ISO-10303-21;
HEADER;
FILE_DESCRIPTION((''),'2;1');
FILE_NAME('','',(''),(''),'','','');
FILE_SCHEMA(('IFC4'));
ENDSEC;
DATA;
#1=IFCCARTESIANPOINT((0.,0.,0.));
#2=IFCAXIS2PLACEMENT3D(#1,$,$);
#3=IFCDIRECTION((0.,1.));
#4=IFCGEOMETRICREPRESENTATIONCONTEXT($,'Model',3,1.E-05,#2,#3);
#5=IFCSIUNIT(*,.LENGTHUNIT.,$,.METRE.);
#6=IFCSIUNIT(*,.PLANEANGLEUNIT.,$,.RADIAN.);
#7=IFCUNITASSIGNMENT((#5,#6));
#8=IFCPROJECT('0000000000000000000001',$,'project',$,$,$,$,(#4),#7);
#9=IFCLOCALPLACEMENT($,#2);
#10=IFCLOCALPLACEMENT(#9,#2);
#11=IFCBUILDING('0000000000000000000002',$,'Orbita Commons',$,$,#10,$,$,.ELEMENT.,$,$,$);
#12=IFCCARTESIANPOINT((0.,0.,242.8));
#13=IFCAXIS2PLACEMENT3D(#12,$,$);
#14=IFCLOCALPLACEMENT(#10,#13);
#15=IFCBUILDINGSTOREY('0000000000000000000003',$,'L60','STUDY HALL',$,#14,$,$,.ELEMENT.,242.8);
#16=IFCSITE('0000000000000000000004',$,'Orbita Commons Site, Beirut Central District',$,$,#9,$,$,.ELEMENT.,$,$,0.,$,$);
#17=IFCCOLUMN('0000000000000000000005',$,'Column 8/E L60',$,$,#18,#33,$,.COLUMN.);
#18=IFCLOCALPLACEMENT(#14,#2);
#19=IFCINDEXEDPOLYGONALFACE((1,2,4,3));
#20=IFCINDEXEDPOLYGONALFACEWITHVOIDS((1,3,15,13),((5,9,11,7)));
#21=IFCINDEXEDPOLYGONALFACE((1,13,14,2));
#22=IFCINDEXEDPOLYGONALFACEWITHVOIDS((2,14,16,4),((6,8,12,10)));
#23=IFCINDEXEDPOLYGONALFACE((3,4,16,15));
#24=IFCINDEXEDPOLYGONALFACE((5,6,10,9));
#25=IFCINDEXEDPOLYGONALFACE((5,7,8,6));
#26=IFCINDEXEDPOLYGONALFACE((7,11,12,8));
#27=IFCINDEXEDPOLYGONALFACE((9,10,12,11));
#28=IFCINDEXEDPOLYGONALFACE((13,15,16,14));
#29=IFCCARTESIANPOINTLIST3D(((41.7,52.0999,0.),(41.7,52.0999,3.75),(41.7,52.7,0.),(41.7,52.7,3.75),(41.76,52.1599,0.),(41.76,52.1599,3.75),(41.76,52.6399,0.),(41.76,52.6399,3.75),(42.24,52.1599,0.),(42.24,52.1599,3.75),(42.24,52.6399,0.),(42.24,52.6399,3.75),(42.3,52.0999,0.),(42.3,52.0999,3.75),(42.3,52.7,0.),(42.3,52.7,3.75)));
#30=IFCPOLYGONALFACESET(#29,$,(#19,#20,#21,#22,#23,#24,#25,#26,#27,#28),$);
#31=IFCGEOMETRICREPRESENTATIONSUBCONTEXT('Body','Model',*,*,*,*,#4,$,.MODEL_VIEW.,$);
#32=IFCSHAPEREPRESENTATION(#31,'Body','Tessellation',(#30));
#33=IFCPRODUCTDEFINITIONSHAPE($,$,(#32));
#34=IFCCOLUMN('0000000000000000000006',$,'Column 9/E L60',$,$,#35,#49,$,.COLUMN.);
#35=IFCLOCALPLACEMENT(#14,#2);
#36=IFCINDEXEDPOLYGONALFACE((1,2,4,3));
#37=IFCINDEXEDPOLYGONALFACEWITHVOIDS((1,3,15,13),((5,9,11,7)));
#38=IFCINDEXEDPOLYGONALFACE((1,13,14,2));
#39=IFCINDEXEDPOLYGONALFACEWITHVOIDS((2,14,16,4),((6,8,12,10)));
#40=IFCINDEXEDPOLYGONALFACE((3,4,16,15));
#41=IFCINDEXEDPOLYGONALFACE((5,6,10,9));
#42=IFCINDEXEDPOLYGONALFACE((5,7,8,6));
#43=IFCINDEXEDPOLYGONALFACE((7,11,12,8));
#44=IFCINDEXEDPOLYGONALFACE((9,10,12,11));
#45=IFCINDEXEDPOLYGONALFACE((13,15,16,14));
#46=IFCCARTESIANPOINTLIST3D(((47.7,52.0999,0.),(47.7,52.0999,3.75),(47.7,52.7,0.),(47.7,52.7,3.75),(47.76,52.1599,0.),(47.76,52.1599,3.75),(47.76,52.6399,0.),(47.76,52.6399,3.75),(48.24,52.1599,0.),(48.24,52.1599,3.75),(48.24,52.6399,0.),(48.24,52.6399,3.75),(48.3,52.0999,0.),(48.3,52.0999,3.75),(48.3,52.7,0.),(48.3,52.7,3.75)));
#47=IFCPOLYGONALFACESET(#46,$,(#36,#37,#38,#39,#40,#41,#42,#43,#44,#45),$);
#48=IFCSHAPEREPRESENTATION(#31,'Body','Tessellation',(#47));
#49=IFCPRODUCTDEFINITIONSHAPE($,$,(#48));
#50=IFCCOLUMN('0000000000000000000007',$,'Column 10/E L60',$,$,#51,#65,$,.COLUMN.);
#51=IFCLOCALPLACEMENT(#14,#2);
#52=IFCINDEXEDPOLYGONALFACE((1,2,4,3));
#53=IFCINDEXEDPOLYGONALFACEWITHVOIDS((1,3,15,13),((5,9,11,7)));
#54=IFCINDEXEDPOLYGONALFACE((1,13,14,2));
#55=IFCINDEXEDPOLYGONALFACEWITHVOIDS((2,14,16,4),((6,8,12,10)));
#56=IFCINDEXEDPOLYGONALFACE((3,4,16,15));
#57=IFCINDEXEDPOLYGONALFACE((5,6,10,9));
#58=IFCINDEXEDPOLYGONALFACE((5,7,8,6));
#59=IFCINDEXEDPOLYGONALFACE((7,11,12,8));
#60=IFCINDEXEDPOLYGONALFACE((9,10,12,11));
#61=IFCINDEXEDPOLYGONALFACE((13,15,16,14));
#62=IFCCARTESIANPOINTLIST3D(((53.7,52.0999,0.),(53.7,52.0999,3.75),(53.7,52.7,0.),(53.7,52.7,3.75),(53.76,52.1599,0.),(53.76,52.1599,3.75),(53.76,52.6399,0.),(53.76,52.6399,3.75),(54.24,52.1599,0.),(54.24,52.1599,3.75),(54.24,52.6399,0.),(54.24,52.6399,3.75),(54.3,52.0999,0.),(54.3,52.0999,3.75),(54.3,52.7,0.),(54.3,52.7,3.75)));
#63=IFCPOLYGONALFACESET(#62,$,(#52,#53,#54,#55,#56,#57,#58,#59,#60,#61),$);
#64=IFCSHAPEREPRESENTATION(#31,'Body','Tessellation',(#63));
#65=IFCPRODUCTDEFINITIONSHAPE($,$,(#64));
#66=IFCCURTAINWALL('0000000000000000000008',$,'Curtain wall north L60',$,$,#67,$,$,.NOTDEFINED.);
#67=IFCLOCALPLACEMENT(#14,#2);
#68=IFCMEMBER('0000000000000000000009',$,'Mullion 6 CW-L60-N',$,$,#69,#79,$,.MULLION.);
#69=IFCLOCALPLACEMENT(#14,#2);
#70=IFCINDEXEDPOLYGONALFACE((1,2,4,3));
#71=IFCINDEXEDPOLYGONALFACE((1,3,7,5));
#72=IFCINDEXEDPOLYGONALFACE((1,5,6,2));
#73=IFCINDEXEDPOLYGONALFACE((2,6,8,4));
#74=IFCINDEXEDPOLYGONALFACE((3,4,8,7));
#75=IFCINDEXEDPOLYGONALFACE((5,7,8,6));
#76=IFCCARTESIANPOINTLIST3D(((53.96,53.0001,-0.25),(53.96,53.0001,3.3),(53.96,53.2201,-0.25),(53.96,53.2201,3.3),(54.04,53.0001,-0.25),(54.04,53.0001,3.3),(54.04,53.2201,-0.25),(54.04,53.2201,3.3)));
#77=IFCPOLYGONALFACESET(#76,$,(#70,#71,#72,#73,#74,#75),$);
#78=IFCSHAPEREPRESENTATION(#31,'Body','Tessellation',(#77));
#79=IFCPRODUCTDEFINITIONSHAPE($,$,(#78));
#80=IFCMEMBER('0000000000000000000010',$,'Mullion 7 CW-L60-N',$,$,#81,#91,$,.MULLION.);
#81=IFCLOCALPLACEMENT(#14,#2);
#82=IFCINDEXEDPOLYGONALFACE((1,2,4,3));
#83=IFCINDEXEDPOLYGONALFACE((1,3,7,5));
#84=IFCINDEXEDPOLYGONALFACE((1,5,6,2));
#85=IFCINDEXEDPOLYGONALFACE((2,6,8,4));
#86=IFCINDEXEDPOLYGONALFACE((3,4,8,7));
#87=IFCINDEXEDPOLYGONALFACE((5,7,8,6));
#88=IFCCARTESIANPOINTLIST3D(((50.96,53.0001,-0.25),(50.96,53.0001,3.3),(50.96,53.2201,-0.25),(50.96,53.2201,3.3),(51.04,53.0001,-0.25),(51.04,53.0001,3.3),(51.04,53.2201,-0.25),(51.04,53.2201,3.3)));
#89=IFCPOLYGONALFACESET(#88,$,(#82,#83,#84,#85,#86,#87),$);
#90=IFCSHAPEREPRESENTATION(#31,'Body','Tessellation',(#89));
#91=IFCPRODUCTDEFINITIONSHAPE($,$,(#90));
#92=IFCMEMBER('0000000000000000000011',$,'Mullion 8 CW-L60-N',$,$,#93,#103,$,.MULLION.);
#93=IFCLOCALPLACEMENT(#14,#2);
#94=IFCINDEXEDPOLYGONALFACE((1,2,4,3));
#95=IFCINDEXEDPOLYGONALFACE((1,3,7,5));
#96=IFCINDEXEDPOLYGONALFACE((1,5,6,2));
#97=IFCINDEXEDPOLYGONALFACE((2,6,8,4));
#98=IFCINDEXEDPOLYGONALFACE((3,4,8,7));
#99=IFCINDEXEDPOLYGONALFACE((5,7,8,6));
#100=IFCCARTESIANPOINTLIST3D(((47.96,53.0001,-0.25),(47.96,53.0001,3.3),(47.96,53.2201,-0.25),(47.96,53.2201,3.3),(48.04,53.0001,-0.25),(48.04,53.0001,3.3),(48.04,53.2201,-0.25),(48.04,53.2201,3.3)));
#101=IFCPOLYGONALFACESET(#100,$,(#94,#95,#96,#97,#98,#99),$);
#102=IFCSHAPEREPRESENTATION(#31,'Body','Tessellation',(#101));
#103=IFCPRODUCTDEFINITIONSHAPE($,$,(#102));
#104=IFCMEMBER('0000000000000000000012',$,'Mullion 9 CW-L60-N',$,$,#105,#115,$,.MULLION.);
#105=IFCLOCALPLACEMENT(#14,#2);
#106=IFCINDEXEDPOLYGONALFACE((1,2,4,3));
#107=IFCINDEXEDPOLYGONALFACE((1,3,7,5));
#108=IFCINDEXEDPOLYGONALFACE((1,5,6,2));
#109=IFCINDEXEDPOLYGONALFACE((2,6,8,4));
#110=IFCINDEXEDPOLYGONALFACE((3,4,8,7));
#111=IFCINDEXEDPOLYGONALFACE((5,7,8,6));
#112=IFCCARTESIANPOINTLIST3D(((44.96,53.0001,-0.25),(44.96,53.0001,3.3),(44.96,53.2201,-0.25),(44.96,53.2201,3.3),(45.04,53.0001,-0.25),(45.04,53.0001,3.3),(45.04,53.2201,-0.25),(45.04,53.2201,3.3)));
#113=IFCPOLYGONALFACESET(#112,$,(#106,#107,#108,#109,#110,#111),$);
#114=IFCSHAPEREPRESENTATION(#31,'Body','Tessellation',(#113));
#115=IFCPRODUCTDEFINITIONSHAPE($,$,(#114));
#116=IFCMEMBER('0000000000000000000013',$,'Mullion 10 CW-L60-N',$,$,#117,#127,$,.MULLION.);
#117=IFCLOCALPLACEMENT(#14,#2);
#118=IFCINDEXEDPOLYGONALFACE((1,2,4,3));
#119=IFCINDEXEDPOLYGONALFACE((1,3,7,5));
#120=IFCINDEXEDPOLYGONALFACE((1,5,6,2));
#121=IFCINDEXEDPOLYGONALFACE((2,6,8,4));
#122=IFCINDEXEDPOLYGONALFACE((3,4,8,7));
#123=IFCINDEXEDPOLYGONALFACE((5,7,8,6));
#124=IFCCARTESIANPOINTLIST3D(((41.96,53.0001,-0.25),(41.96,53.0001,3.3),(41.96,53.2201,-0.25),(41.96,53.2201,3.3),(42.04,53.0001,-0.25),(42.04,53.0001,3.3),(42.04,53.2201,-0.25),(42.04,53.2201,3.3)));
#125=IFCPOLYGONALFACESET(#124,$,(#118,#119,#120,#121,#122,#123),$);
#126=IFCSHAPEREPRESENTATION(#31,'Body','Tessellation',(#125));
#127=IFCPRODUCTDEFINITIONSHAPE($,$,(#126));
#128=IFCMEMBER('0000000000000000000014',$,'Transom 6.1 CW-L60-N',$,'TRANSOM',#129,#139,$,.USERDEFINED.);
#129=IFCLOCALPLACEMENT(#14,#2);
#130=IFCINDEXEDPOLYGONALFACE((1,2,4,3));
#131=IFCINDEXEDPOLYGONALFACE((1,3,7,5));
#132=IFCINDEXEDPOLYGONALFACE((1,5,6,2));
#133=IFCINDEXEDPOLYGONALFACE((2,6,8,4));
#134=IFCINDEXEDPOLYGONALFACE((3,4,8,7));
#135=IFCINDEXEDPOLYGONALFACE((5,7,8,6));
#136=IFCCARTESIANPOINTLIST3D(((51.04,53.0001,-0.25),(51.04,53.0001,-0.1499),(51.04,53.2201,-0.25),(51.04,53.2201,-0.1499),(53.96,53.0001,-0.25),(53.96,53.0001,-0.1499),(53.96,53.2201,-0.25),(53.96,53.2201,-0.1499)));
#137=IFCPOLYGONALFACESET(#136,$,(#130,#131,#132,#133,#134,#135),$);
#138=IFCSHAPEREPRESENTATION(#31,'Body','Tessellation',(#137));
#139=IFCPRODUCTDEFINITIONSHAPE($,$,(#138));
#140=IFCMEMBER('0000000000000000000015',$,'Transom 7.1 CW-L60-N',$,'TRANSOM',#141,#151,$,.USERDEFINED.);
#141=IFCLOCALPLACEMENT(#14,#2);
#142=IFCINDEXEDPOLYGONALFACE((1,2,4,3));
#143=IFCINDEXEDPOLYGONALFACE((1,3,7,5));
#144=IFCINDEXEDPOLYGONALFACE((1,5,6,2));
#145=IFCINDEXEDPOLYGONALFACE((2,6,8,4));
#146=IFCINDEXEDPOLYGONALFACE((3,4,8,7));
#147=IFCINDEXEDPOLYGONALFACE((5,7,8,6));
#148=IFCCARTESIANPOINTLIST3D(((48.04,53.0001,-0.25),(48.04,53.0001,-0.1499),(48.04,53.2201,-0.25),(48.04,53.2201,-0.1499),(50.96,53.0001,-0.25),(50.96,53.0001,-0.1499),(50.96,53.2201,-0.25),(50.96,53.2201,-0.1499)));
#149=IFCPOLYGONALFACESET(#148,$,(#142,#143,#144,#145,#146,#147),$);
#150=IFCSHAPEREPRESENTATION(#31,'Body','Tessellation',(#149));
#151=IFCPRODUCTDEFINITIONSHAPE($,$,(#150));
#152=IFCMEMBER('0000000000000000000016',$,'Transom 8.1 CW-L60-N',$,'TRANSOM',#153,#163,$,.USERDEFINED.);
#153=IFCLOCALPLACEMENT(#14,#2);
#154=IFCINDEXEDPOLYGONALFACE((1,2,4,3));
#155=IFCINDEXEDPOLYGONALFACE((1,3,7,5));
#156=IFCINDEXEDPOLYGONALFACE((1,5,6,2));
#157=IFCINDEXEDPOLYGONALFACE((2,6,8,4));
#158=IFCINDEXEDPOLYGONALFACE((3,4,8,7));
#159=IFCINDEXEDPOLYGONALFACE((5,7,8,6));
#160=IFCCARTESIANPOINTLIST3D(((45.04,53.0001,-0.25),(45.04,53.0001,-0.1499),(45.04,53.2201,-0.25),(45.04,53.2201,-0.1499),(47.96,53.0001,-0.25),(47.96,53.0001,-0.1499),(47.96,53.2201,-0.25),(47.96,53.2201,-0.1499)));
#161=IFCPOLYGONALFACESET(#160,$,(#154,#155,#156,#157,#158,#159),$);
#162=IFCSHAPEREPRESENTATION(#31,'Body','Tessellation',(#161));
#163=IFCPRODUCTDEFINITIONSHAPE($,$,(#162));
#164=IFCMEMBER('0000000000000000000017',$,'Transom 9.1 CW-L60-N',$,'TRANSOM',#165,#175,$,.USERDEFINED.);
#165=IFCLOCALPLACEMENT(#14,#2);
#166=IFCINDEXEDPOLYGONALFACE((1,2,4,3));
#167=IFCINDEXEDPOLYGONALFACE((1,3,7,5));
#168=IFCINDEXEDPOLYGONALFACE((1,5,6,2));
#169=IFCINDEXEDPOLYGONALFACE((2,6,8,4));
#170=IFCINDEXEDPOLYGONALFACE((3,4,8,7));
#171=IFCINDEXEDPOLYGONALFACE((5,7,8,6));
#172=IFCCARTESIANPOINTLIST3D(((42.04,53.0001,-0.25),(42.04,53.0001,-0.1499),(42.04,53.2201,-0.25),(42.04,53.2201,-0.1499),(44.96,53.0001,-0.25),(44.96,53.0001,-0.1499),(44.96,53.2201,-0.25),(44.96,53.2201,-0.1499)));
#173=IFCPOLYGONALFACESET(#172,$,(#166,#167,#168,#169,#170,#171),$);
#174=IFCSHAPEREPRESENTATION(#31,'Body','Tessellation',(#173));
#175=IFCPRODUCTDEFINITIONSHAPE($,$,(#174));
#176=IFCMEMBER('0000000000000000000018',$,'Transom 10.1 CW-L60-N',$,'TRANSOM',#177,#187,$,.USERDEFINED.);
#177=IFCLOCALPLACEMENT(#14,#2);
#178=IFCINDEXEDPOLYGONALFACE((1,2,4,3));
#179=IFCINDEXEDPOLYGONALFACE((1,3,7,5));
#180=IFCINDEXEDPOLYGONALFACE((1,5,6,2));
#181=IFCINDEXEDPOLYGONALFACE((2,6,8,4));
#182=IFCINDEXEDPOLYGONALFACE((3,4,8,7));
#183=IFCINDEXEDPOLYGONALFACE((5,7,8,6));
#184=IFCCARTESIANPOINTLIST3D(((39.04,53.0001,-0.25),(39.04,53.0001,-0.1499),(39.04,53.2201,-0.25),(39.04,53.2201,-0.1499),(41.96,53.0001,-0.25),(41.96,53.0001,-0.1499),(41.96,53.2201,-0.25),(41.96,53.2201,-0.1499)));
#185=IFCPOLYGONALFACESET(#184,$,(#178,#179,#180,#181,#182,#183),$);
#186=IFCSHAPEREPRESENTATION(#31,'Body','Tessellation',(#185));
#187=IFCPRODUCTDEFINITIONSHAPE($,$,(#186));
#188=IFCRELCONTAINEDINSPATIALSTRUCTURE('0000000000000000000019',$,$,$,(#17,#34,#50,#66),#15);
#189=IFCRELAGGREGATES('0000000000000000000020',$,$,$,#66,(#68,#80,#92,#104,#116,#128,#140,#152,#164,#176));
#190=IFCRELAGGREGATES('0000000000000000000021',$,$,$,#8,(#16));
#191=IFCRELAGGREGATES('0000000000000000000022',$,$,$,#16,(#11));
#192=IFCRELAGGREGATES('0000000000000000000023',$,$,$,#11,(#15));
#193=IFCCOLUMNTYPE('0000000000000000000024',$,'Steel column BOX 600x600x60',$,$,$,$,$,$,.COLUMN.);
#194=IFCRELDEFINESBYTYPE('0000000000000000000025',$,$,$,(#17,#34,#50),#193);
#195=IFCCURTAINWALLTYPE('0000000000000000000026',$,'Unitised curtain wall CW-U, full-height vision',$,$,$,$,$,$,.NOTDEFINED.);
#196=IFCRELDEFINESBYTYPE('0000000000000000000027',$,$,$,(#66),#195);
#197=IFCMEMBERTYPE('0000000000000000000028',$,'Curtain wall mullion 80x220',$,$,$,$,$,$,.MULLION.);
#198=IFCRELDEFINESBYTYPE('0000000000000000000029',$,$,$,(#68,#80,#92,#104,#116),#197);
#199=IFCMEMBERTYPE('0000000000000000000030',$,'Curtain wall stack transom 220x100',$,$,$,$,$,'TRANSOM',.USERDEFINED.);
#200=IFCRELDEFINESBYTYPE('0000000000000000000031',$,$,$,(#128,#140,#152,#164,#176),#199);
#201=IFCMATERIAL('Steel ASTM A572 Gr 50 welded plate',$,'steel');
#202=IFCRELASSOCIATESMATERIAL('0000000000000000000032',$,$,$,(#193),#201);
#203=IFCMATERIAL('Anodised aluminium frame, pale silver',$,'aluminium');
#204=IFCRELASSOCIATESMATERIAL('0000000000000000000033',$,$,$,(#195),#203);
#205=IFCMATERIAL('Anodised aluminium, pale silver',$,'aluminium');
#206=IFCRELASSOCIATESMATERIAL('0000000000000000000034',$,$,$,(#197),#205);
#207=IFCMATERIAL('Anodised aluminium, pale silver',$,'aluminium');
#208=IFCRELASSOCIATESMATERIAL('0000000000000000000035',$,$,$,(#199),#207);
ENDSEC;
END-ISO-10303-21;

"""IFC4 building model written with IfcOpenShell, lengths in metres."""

from ifc_helpers import new_model, si_unit, direction, frame, origin, origin_2d, place, context, subcontext, project, spatial, rectangle, hollow_rectangle, extrude, material, material_profile, profile_set, type_object, element, aggregate, save


model = new_model("IFC4")

# Units and contexts
model_context = context("Model", 3, precision=1e-05, world=origin(), true_north=direction((0.0, 1.0)))
body_context = subcontext(model_context, "Body", "Model", "MODEL_VIEW")
ifc_project = project(units=[si_unit("LENGTHUNIT", "METRE"), si_unit("PLANEANGLEUNIT", "RADIAN")], contexts=[model_context])

# Site, building, storey
site_placement = place(None, origin())
site = spatial("IfcSite", under=ifc_project, at=site_placement, Name="Orbita Commons Site, Beirut Central District", CompositionType="ELEMENT", RefElevation=0.0)
building_placement = place(site_placement, origin())
building = spatial("IfcBuilding", under=site, at=building_placement, Name="Orbita Commons", CompositionType="ELEMENT")
storey_placement = place(building_placement, frame((0.0, 0.0, 242.8)))
storey = spatial("IfcBuildingStorey", under=building, at=storey_placement, Name="L60", Description="STUDY HALL", CompositionType="ELEMENT", Elevation=242.8)

# Columns
ifc_material_1 = material(Name="Steel ASTM A572 Gr 50 welded plate", Category="steel")
ifc_material_profile_1 = material_profile(ifc_material_1, hollow_rectangle(XDim=0.6001, YDim=0.6001, WallThickness=0.0601, at=origin_2d()), Name="BOX 600x600x60")
ifc_profile_set_1 = profile_set([ifc_material_profile_1], Name="Steel ASTM A572 Gr 50 welded plate")
column_type = type_object("IfcColumnType", Name="Steel column BOX 600x600x60", PredefinedType="COLUMN", material=ifc_profile_set_1)
for number, where, z_axis, x_axis, name in (
    (1, (42.0, 52.3999, 0.0), (0.0, 0.0, 1.0), (1.0, 0.0, 0.0), "Column 8/E L60"),
    (2, (48.0, 52.3999, 0.0), (0.0, 0.0, 1.0), (1.0, 0.0, 0.0), "Column 9/E L60"),
    (3, (54.0, 52.3999, 0.0), (0.0, 0.0, 1.0), (1.0, 0.0, 0.0), "Column 10/E L60"),
):
    element("IfcColumn", number, at=place(storey_placement, frame(where, z_axis=z_axis, x_axis=x_axis)), inside=storey, type_object=column_type, Name=name, PredefinedType="COLUMN", context=body_context, shape_type="SweptSolid", body=[
        extrude(hollow_rectangle(XDim=0.6001, YDim=0.6001, WallThickness=0.0601, at=origin_2d()), origin(), (0.0, 0.0, 1.0), 3.75),
    ])

# Curtain wall, members
ifc_material_2 = material(Name="Anodised aluminium frame, pale silver", Category="aluminium")
curtain_wall_type = type_object("IfcCurtainWallType", Name="Unitised curtain wall CW-U, full-height vision", PredefinedType="NOTDEFINED", material=ifc_material_2)
curtain_wall_placement = place(storey_placement, origin())
curtain_wall = element("IfcCurtainWall", 4, at=curtain_wall_placement, inside=storey, type_object=curtain_wall_type, Name="Curtain wall north L60", PredefinedType="NOTDEFINED")
ifc_material_3 = material(Name="Anodised aluminium, pale silver", Category="aluminium")
ifc_material_profile_2 = material_profile(ifc_material_3, rectangle(XDim=0.0801, YDim=0.22, at=origin_2d()), Name="AL 80x220")
ifc_profile_set_2 = profile_set([ifc_material_profile_2], Name="Anodised aluminium, pale silver")
member_type_1 = type_object("IfcMemberType", Name="Curtain wall mullion 80x220", PredefinedType="MULLION", material=ifc_profile_set_2)
member_1_placement = place(storey_placement, frame((54.0, 53.1101, -0.25), z_axis=(0.0, 0.0, 1.0), x_axis=(-1.0, 0.0, 0.0)))
member_1 = element("IfcMember", 5, at=member_1_placement, type_object=member_type_1, Name="Mullion 6 CW-L60-N", PredefinedType="MULLION", context=body_context, shape_type="SweptSolid", body=[
    extrude(rectangle(XDim=0.0801, YDim=0.22, at=origin_2d()), origin(), (0.0, 0.0, 1.0), 3.55),
])
member_2_placement = place(storey_placement, frame((51.0, 53.1101, -0.25), z_axis=(0.0, 0.0, 1.0), x_axis=(-1.0, 0.0, 0.0)))
member_2 = element("IfcMember", 6, at=member_2_placement, type_object=member_type_1, Name="Mullion 7 CW-L60-N", PredefinedType="MULLION", context=body_context, shape_type="SweptSolid", body=[
    extrude(rectangle(XDim=0.0801, YDim=0.22, at=origin_2d()), origin(), (0.0, 0.0, 1.0), 3.55),
])
member_3_placement = place(storey_placement, frame((48.0, 53.1101, -0.25), z_axis=(0.0, 0.0, 1.0), x_axis=(-1.0, 0.0, 0.0)))
member_3 = element("IfcMember", 7, at=member_3_placement, type_object=member_type_1, Name="Mullion 8 CW-L60-N", PredefinedType="MULLION", context=body_context, shape_type="SweptSolid", body=[
    extrude(rectangle(XDim=0.0801, YDim=0.22, at=origin_2d()), origin(), (0.0, 0.0, 1.0), 3.55),
])
member_4_placement = place(storey_placement, frame((45.0, 53.1101, -0.25), z_axis=(0.0, 0.0, 1.0), x_axis=(-1.0, 0.0, 0.0)))
member_4 = element("IfcMember", 8, at=member_4_placement, type_object=member_type_1, Name="Mullion 9 CW-L60-N", PredefinedType="MULLION", context=body_context, shape_type="SweptSolid", body=[
    extrude(rectangle(XDim=0.0801, YDim=0.22, at=origin_2d()), origin(), (0.0, 0.0, 1.0), 3.55),
])
member_5_placement = place(storey_placement, frame((42.0, 53.1101, -0.25), z_axis=(0.0, 0.0, 1.0), x_axis=(-1.0, 0.0, 0.0)))
member_5 = element("IfcMember", 9, at=member_5_placement, type_object=member_type_1, Name="Mullion 10 CW-L60-N", PredefinedType="MULLION", context=body_context, shape_type="SweptSolid", body=[
    extrude(rectangle(XDim=0.0801, YDim=0.22, at=origin_2d()), origin(), (0.0, 0.0, 1.0), 3.55),
])
ifc_material_4 = material(Name="Anodised aluminium, pale silver", Category="aluminium")
ifc_material_profile_3 = material_profile(ifc_material_4, rectangle(XDim=0.22, YDim=0.1001, at=origin_2d()), Name="AL 220x100")
ifc_profile_set_3 = profile_set([ifc_material_profile_3], Name="Anodised aluminium, pale silver")
member_type_2 = type_object("IfcMemberType", Name="Curtain wall stack transom 220x100", ElementType="TRANSOM", PredefinedType="USERDEFINED", material=ifc_profile_set_3)
member_6_placement = place(storey_placement, frame((53.96, 53.1101, -0.2), z_axis=(-1.0, 0.0, 0.0), x_axis=(0.0, -1.0, 0.0)))
member_6 = element("IfcMember", 10, at=member_6_placement, type_object=member_type_2, Name="Transom 6.1 CW-L60-N", ObjectType="TRANSOM", PredefinedType="USERDEFINED", context=body_context, shape_type="SweptSolid", body=[
    extrude(rectangle(XDim=0.22, YDim=0.1001, at=origin_2d()), origin(), (0.0, 0.0, 1.0), 2.9199),
])
member_7_placement = place(storey_placement, frame((50.96, 53.1101, -0.2), z_axis=(-1.0, 0.0, 0.0), x_axis=(0.0, -1.0, 0.0)))
member_7 = element("IfcMember", 11, at=member_7_placement, type_object=member_type_2, Name="Transom 7.1 CW-L60-N", ObjectType="TRANSOM", PredefinedType="USERDEFINED", context=body_context, shape_type="SweptSolid", body=[
    extrude(rectangle(XDim=0.22, YDim=0.1001, at=origin_2d()), origin(), (0.0, 0.0, 1.0), 2.9199),
])
member_8_placement = place(storey_placement, frame((47.96, 53.1101, -0.2), z_axis=(-1.0, 0.0, 0.0), x_axis=(0.0, -1.0, 0.0)))
member_8 = element("IfcMember", 12, at=member_8_placement, type_object=member_type_2, Name="Transom 8.1 CW-L60-N", ObjectType="TRANSOM", PredefinedType="USERDEFINED", context=body_context, shape_type="SweptSolid", body=[
    extrude(rectangle(XDim=0.22, YDim=0.1001, at=origin_2d()), origin(), (0.0, 0.0, 1.0), 2.9199),
])
member_9_placement = place(storey_placement, frame((44.96, 53.1101, -0.2), z_axis=(-1.0, 0.0, 0.0), x_axis=(0.0, -1.0, 0.0)))
member_9 = element("IfcMember", 13, at=member_9_placement, type_object=member_type_2, Name="Transom 9.1 CW-L60-N", ObjectType="TRANSOM", PredefinedType="USERDEFINED", context=body_context, shape_type="SweptSolid", body=[
    extrude(rectangle(XDim=0.22, YDim=0.1001, at=origin_2d()), origin(), (0.0, 0.0, 1.0), 2.9199),
])
member_10_placement = place(storey_placement, frame((41.96, 53.1101, -0.2), z_axis=(-1.0, 0.0, 0.0), x_axis=(0.0, -1.0, 0.0)))
member_10 = element("IfcMember", 14, at=member_10_placement, type_object=member_type_2, Name="Transom 10.1 CW-L60-N", ObjectType="TRANSOM", PredefinedType="USERDEFINED", context=body_context, shape_type="SweptSolid", body=[
    extrude(rectangle(XDim=0.22, YDim=0.1001, at=origin_2d()), origin(), (0.0, 0.0, 1.0), 2.9199),
])

aggregate(curtain_wall, [member_1, member_2, member_3, member_4, member_5, member_6, member_7, member_8, member_9, member_10])

save(model, "model.ifc")
